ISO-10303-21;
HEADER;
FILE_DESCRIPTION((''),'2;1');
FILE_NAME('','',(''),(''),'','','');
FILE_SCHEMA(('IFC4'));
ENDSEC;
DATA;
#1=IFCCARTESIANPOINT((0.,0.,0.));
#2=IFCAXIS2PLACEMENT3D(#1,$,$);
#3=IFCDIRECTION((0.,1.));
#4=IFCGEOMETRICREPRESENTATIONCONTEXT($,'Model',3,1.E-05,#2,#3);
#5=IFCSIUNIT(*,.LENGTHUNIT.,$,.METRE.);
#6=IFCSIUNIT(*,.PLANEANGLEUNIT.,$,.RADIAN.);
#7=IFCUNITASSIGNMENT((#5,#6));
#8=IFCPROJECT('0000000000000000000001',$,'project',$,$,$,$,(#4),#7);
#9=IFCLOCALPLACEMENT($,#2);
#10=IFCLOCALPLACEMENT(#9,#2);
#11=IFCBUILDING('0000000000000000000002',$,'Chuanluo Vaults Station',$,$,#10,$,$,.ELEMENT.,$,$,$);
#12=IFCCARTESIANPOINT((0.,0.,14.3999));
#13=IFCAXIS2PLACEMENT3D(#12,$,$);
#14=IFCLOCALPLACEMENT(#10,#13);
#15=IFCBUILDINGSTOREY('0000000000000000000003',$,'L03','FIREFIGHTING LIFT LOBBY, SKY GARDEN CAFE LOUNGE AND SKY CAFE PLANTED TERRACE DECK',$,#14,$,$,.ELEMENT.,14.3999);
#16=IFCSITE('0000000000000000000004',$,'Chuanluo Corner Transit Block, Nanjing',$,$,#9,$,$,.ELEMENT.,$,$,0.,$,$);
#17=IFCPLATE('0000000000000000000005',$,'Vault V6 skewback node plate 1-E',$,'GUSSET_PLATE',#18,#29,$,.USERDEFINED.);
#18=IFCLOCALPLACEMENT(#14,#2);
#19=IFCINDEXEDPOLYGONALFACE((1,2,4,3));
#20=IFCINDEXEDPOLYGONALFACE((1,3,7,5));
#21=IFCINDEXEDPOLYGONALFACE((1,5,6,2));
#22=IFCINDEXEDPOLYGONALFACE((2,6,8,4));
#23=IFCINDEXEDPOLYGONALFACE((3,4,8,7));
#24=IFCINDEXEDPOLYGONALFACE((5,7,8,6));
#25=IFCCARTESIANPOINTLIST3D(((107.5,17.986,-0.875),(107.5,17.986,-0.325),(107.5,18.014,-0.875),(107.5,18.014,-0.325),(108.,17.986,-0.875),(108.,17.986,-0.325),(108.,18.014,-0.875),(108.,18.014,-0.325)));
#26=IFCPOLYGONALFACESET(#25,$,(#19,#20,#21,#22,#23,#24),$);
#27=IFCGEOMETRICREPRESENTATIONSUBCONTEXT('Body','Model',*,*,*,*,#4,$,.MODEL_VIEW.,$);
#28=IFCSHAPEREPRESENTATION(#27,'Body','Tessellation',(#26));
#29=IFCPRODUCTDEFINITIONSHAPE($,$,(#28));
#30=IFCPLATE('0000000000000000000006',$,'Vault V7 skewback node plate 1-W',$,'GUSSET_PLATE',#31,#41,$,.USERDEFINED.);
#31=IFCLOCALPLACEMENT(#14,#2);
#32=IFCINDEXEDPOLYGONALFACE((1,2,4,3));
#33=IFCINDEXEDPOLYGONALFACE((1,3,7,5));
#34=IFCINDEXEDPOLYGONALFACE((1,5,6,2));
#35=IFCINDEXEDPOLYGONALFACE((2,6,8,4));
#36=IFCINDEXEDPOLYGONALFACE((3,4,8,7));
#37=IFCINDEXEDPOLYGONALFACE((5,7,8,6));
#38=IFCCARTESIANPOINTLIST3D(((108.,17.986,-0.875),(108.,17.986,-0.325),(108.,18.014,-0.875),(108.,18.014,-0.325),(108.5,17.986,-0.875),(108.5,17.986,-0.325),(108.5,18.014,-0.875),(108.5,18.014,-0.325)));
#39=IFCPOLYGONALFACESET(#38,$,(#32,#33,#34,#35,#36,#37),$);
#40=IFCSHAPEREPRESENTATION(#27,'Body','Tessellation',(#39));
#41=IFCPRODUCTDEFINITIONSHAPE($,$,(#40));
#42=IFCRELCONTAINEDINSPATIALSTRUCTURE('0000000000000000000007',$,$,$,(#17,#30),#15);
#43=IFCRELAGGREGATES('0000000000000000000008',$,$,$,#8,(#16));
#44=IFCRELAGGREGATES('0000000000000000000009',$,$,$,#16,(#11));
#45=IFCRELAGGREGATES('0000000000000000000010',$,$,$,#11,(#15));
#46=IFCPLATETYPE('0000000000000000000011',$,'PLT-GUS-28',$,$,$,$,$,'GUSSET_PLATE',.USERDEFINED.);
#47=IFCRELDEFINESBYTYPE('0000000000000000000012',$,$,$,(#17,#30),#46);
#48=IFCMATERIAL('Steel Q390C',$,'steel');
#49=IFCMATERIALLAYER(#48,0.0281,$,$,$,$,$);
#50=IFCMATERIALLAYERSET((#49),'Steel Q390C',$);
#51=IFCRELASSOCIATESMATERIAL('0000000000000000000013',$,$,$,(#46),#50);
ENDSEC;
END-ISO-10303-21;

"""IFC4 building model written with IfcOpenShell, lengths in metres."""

from ifc_helpers import new_model, si_unit, direction, frame, origin, origin_2d, place, context, subcontext, project, spatial, rectangle, extrude, material, layer, layer_set, type_object, element, save


model = new_model("IFC4")

# Units and contexts
model_context = context("Model", 3, precision=1e-05, world=origin(), true_north=direction((0.0, 1.0)))
body_context = subcontext(model_context, "Body", "Model", "MODEL_VIEW")
ifc_project = project(units=[si_unit("LENGTHUNIT", "METRE"), si_unit("PLANEANGLEUNIT", "RADIAN")], contexts=[model_context])

# Site, building, storey
site_placement = place(None, origin())
site = spatial("IfcSite", under=ifc_project, at=site_placement, Name="Chuanluo Corner Transit Block, Nanjing", CompositionType="ELEMENT", RefElevation=0.0)
building_placement = place(site_placement, origin())
building = spatial("IfcBuilding", under=site, at=building_placement, Name="Chuanluo Vaults Station", CompositionType="ELEMENT")
storey_placement = place(building_placement, frame((0.0, 0.0, 14.3999)))
storey = spatial("IfcBuildingStorey", under=building, at=storey_placement, Name="L03", Description="FIREFIGHTING LIFT LOBBY, SKY GARDEN CAFE LOUNGE AND SKY CAFE PLANTED TERRACE DECK", CompositionType="ELEMENT", Elevation=14.3999)

# Plates
ifc_material_1 = material(Name="Steel Q390C", Category="steel")
ifc_layer = layer(ifc_material_1, 0.0281)
ifc_layer_set = layer_set([ifc_layer], Name="Steel Q390C")
plate_type = type_object("IfcPlateType", Name="PLT-GUS-28", ElementType="GUSSET_PLATE", PredefinedType="USERDEFINED", material=ifc_layer_set)
for number, where, z_axis, x_axis, name in (
    (1, (107.75, 18.0, -0.875), (0.0, 0.0, 1.0), (1.0, 0.0, 0.0), "Vault V6 skewback node plate 1-E"),
    (2, (108.25, 18.0, -0.875), (0.0, 0.0, 1.0), (1.0, 0.0, 0.0), "Vault V7 skewback node plate 1-W"),
):
    element("IfcPlate", number, at=place(storey_placement, frame(where, z_axis=z_axis, x_axis=x_axis)), inside=storey, type_object=plate_type, Name=name, ObjectType="GUSSET_PLATE", PredefinedType="USERDEFINED", context=body_context, shape_type="SweptSolid", body=[
        extrude(rectangle(XDim=0.5, YDim=0.0281, at=origin_2d()), origin(), (0.0, 0.0, 1.0), 0.55),
    ])

save(model, "model.ifc")
